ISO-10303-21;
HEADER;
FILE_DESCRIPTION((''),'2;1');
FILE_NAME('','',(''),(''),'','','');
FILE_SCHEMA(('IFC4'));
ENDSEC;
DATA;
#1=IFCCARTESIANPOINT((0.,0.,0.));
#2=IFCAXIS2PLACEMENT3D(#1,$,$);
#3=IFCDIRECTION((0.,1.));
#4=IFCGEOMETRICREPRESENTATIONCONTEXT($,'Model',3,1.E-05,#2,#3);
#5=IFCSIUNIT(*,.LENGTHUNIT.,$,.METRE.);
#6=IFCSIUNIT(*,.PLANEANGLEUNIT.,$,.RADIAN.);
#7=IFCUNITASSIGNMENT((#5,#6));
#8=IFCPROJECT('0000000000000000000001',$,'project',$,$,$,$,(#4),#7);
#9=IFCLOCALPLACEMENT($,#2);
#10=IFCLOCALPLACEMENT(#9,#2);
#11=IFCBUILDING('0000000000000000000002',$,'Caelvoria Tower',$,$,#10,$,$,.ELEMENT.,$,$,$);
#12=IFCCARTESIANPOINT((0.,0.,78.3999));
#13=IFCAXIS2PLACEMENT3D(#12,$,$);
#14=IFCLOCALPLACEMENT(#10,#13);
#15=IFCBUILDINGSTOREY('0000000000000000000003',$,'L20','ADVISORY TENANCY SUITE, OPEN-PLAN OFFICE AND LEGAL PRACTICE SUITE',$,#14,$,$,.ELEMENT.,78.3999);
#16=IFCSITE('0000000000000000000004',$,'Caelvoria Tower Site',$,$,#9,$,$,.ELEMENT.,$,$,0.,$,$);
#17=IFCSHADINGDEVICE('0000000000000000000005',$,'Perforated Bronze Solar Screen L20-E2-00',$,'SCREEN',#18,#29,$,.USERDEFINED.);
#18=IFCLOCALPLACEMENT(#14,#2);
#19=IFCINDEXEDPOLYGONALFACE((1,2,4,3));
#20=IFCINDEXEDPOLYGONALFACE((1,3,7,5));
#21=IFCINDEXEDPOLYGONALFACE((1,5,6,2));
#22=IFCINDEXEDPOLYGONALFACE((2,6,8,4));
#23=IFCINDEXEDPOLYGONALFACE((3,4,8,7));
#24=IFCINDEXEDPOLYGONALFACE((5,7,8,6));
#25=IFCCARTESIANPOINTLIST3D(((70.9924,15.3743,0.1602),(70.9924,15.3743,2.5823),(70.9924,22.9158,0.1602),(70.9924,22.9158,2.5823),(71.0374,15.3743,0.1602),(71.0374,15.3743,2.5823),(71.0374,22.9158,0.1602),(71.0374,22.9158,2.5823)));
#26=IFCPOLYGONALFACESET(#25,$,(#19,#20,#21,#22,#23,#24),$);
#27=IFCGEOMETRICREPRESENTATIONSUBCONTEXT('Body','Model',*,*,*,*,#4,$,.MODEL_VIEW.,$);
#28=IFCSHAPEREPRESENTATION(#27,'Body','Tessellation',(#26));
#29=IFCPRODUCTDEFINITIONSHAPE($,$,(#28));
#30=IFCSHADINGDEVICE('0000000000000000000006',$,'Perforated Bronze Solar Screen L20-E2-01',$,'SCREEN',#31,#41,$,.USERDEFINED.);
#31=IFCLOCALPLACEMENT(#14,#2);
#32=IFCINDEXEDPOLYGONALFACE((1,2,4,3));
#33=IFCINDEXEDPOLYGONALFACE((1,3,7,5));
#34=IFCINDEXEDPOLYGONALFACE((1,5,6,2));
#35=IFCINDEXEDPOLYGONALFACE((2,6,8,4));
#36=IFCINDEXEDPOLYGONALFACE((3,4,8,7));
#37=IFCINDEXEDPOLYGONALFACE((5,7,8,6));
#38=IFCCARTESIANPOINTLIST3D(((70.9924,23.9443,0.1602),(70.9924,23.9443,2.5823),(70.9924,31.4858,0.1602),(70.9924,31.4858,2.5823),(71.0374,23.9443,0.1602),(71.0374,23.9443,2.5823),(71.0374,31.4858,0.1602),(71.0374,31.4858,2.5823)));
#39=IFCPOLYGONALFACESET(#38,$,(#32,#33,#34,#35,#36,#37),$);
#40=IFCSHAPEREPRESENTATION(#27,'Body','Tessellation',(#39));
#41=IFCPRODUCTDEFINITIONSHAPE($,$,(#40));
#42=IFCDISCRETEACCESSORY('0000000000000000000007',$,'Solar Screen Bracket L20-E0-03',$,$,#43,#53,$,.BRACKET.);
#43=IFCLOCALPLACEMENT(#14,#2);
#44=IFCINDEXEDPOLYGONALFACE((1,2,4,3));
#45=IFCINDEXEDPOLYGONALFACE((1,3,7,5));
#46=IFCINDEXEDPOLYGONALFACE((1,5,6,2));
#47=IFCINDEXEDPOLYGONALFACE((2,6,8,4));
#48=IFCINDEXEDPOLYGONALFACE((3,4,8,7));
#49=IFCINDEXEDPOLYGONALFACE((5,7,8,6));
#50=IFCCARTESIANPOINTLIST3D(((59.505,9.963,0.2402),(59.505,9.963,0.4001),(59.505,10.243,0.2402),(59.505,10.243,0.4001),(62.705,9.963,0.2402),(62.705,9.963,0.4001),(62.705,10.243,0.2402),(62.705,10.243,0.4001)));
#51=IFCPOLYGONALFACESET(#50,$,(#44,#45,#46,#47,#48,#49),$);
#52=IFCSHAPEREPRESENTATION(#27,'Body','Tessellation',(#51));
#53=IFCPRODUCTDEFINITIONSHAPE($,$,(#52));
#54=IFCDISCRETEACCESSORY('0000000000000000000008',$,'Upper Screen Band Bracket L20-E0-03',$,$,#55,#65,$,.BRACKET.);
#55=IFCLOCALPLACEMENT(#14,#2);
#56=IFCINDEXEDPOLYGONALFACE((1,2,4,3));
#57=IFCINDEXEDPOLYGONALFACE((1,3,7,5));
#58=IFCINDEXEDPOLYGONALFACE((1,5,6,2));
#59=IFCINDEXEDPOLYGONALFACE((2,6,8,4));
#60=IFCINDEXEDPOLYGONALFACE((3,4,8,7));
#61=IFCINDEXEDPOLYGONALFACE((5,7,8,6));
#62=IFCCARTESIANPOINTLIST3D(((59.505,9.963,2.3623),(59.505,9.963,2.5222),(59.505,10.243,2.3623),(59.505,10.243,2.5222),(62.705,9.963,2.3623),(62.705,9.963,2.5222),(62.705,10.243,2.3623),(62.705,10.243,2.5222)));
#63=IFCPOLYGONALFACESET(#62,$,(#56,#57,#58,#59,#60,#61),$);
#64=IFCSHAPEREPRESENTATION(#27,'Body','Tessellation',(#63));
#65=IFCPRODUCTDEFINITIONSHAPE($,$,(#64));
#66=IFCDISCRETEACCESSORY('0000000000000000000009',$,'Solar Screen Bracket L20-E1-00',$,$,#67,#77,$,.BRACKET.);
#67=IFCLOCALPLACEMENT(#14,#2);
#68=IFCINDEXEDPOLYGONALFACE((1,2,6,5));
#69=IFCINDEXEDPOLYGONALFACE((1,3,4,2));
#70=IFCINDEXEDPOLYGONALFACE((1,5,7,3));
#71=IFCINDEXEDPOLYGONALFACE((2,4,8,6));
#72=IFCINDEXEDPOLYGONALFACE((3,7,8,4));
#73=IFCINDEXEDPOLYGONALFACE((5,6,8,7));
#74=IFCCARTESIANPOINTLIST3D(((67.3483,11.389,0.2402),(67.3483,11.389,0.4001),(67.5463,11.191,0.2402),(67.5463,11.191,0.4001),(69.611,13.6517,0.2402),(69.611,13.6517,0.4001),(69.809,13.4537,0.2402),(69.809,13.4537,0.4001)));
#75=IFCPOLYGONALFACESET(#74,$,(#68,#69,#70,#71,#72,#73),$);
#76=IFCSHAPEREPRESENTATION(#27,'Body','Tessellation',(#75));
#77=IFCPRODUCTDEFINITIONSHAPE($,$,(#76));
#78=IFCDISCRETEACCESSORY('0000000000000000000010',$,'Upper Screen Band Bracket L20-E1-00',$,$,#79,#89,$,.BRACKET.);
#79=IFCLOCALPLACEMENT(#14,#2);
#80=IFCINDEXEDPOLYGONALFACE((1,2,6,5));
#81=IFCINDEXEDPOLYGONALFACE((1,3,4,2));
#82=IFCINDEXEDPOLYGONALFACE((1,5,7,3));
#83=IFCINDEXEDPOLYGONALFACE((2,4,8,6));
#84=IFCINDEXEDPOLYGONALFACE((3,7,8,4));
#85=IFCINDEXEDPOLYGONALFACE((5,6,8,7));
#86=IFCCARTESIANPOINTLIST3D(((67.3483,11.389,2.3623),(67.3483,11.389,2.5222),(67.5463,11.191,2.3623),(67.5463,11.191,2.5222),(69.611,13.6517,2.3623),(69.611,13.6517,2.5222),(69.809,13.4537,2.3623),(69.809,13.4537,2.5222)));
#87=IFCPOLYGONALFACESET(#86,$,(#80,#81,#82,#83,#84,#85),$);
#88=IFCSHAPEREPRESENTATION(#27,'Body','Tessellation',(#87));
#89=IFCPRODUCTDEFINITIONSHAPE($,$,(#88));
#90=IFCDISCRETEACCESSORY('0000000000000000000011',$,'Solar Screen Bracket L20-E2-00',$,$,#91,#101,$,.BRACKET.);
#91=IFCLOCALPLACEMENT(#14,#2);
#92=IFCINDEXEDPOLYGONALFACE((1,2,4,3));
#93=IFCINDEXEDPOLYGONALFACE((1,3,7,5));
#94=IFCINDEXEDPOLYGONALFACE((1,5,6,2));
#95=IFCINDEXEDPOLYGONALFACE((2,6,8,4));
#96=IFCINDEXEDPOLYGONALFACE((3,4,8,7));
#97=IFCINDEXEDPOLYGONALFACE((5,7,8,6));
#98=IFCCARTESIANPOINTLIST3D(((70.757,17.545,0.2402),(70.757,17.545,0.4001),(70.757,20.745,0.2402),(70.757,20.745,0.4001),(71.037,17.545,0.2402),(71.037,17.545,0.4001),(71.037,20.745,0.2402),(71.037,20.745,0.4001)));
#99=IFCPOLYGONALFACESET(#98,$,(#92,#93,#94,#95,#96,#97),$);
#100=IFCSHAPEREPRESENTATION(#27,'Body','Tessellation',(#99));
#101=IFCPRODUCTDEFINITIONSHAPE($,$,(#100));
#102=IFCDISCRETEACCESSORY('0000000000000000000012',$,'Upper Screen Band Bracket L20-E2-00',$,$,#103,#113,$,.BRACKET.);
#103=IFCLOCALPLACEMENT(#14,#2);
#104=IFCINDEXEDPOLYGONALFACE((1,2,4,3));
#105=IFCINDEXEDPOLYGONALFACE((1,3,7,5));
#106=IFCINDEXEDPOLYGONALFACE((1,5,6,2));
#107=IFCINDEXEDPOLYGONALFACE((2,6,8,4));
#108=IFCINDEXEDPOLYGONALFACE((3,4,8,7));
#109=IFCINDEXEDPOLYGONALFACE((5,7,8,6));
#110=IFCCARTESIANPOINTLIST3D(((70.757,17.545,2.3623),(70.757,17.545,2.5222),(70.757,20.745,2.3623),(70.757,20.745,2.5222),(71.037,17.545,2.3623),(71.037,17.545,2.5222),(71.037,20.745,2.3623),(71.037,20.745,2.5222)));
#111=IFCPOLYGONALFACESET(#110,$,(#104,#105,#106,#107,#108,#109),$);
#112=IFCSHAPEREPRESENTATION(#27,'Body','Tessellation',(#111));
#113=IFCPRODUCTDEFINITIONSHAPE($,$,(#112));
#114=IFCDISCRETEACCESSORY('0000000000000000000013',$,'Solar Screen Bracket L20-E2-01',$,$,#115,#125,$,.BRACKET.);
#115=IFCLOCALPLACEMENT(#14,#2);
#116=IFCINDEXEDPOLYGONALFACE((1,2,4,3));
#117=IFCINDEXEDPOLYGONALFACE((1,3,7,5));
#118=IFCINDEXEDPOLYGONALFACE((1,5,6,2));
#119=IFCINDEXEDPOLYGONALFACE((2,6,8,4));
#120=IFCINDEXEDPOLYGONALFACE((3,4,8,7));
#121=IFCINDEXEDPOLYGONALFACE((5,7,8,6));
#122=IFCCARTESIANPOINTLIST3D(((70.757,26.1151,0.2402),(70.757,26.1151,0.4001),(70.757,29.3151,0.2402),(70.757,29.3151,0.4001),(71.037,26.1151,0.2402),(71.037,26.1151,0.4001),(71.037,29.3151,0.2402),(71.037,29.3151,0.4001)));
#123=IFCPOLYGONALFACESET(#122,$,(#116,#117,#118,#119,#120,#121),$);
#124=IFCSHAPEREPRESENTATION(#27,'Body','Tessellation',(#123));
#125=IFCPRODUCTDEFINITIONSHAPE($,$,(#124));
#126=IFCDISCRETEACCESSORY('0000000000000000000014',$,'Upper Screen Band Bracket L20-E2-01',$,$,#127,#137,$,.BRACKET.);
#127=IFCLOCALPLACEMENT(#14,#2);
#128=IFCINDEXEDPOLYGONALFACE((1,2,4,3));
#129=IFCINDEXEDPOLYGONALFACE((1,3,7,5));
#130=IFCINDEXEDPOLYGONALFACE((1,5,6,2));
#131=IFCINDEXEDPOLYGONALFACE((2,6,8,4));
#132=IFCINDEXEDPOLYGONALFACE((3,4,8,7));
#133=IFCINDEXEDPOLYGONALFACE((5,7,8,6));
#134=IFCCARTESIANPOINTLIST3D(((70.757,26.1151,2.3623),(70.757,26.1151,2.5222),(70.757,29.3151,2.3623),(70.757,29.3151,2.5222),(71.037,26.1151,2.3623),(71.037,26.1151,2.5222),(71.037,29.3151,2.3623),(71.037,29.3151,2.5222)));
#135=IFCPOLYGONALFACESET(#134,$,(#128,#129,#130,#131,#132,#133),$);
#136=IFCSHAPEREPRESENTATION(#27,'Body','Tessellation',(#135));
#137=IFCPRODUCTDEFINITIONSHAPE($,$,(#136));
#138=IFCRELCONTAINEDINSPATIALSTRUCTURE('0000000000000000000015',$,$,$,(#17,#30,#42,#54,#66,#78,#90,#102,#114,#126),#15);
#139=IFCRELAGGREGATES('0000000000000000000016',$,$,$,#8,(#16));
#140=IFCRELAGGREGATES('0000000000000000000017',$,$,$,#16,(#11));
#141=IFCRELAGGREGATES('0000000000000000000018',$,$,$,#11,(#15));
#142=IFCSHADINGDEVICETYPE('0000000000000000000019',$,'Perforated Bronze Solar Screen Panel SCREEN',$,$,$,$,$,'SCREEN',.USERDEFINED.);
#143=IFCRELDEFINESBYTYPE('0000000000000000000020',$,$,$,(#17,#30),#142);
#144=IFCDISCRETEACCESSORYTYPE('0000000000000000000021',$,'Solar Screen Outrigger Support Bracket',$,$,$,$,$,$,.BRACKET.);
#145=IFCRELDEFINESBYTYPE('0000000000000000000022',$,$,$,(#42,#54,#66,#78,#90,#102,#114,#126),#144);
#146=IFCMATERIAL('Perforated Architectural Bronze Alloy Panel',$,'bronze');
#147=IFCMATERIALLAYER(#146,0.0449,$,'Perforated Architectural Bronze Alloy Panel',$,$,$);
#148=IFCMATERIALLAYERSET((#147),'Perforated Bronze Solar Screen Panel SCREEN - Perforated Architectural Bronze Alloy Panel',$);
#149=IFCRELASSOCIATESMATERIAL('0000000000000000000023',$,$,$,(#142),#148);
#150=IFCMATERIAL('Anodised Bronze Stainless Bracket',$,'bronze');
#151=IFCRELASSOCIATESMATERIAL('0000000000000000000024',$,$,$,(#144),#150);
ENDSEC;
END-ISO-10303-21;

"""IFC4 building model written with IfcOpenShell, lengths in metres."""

from ifc_helpers import new_model, si_unit, direction, frame, origin, origin_2d, place, context, subcontext, project, spatial, rectangle, extrude, material, layer, layer_set, type_object, element, save


model = new_model("IFC4")

# Units and contexts
model_context = context("Model", 3, precision=1e-05, world=origin(), true_north=direction((0.0, 1.0)))
body_context = subcontext(model_context, "Body", "Model", "MODEL_VIEW")
ifc_project = project(units=[si_unit("LENGTHUNIT", "METRE"), si_unit("PLANEANGLEUNIT", "RADIAN")], contexts=[model_context])

# Site, building, storey
site_placement = place(None, origin())
site = spatial("IfcSite", under=ifc_project, at=site_placement, Name="Caelvoria Tower Site", CompositionType="ELEMENT", RefElevation=0.0)
building_placement = place(site_placement, origin())
building = spatial("IfcBuilding", under=site, at=building_placement, Name="Caelvoria Tower", CompositionType="ELEMENT")
storey_placement = place(building_placement, frame((0.0, 0.0, 78.3999)))
storey = spatial("IfcBuildingStorey", under=building, at=storey_placement, Name="L20", Description="ADVISORY TENANCY SUITE, OPEN-PLAN OFFICE AND LEGAL PRACTICE SUITE", CompositionType="ELEMENT", Elevation=78.3999)

# Shading devices
ifc_material_1 = material(Name="Perforated Architectural Bronze Alloy Panel", Category="bronze")
ifc_layer_1 = layer(ifc_material_1, 0.0449, Name="Perforated Architectural Bronze Alloy Panel")
ifc_layer_set_1 = layer_set([ifc_layer_1], Name="Perforated Bronze Solar Screen Panel SCREEN - Perforated Architectural Bronze Alloy Panel")
shading_device_type = type_object("IfcShadingDeviceType", Name="Perforated Bronze Solar Screen Panel SCREEN", ElementType="SCREEN", PredefinedType="USERDEFINED", material=ifc_layer_set_1)
for number, where, z_axis, x_axis, name in (
    (1, (71.0149, 19.145, 0.1602), (0.0, 0.0, 1.0), (0.0, 1.0, 0.0), "Perforated Bronze Solar Screen L20-E2-00"),
    (2, (71.0149, 27.7151, 0.1602), (0.0, 0.0, 1.0), (0.0, 1.0, 0.0), "Perforated Bronze Solar Screen L20-E2-01"),
):
    element("IfcShadingDevice", number, at=place(storey_placement, frame(where, z_axis=z_axis, x_axis=x_axis)), inside=storey, type_object=shading_device_type, Name=name, ObjectType="SCREEN", PredefinedType="USERDEFINED", context=body_context, shape_type="SweptSolid", body=[
        extrude(rectangle(XDim=7.5415, YDim=0.0449, at=origin_2d()), origin(), (0.0, 0.0, 1.0), 2.4221),
    ])

# Discrete accessories
ifc_material_2 = material(Name="Anodised Bronze Stainless Bracket", Category="bronze")
discrete_accessory_type = type_object("IfcDiscreteAccessoryType", Name="Solar Screen Outrigger Support Bracket", PredefinedType="BRACKET", material=ifc_material_2)
for number, where, z_axis, x_axis, name in (
    (3, (61.105, 10.103, 0.2402), (0.0, 0.0, 1.0), (1.0, 0.0, 0.0), "Solar Screen Bracket L20-E0-03"),
    (4, (61.105, 10.103, 2.3623), (0.0, 0.0, 1.0), (1.0, 0.0, 0.0), "Upper Screen Band Bracket L20-E0-03"),
    (5, (68.5786, 12.4214, 0.2402), (0.0, 0.0, 1.0), (0.707107, 0.707107, 0.0), "Solar Screen Bracket L20-E1-00"),
    (6, (68.5786, 12.4214, 2.3623), (0.0, 0.0, 1.0), (0.707107, 0.707107, 0.0), "Upper Screen Band Bracket L20-E1-00"),
    (7, (70.897, 19.145, 0.2402), (0.0, 0.0, 1.0), (0.0, 1.0, 0.0), "Solar Screen Bracket L20-E2-00"),
    (8, (70.897, 19.145, 2.3623), (0.0, 0.0, 1.0), (0.0, 1.0, 0.0), "Upper Screen Band Bracket L20-E2-00"),
    (9, (70.897, 27.7151, 0.2402), (0.0, 0.0, 1.0), (0.0, 1.0, 0.0), "Solar Screen Bracket L20-E2-01"),
    (10, (70.897, 27.7151, 2.3623), (0.0, 0.0, 1.0), (0.0, 1.0, 0.0), "Upper Screen Band Bracket L20-E2-01"),
):
    element("IfcDiscreteAccessory", number, at=place(storey_placement, frame(where, z_axis=z_axis, x_axis=x_axis)), inside=storey, type_object=discrete_accessory_type, Name=name, PredefinedType="BRACKET", context=body_context, shape_type="SweptSolid", body=[
        extrude(rectangle(XDim=3.2, YDim=0.28, at=origin_2d()), origin(), (0.0, 0.0, 1.0), 0.1599),
    ])

save(model, "model.ifc")
